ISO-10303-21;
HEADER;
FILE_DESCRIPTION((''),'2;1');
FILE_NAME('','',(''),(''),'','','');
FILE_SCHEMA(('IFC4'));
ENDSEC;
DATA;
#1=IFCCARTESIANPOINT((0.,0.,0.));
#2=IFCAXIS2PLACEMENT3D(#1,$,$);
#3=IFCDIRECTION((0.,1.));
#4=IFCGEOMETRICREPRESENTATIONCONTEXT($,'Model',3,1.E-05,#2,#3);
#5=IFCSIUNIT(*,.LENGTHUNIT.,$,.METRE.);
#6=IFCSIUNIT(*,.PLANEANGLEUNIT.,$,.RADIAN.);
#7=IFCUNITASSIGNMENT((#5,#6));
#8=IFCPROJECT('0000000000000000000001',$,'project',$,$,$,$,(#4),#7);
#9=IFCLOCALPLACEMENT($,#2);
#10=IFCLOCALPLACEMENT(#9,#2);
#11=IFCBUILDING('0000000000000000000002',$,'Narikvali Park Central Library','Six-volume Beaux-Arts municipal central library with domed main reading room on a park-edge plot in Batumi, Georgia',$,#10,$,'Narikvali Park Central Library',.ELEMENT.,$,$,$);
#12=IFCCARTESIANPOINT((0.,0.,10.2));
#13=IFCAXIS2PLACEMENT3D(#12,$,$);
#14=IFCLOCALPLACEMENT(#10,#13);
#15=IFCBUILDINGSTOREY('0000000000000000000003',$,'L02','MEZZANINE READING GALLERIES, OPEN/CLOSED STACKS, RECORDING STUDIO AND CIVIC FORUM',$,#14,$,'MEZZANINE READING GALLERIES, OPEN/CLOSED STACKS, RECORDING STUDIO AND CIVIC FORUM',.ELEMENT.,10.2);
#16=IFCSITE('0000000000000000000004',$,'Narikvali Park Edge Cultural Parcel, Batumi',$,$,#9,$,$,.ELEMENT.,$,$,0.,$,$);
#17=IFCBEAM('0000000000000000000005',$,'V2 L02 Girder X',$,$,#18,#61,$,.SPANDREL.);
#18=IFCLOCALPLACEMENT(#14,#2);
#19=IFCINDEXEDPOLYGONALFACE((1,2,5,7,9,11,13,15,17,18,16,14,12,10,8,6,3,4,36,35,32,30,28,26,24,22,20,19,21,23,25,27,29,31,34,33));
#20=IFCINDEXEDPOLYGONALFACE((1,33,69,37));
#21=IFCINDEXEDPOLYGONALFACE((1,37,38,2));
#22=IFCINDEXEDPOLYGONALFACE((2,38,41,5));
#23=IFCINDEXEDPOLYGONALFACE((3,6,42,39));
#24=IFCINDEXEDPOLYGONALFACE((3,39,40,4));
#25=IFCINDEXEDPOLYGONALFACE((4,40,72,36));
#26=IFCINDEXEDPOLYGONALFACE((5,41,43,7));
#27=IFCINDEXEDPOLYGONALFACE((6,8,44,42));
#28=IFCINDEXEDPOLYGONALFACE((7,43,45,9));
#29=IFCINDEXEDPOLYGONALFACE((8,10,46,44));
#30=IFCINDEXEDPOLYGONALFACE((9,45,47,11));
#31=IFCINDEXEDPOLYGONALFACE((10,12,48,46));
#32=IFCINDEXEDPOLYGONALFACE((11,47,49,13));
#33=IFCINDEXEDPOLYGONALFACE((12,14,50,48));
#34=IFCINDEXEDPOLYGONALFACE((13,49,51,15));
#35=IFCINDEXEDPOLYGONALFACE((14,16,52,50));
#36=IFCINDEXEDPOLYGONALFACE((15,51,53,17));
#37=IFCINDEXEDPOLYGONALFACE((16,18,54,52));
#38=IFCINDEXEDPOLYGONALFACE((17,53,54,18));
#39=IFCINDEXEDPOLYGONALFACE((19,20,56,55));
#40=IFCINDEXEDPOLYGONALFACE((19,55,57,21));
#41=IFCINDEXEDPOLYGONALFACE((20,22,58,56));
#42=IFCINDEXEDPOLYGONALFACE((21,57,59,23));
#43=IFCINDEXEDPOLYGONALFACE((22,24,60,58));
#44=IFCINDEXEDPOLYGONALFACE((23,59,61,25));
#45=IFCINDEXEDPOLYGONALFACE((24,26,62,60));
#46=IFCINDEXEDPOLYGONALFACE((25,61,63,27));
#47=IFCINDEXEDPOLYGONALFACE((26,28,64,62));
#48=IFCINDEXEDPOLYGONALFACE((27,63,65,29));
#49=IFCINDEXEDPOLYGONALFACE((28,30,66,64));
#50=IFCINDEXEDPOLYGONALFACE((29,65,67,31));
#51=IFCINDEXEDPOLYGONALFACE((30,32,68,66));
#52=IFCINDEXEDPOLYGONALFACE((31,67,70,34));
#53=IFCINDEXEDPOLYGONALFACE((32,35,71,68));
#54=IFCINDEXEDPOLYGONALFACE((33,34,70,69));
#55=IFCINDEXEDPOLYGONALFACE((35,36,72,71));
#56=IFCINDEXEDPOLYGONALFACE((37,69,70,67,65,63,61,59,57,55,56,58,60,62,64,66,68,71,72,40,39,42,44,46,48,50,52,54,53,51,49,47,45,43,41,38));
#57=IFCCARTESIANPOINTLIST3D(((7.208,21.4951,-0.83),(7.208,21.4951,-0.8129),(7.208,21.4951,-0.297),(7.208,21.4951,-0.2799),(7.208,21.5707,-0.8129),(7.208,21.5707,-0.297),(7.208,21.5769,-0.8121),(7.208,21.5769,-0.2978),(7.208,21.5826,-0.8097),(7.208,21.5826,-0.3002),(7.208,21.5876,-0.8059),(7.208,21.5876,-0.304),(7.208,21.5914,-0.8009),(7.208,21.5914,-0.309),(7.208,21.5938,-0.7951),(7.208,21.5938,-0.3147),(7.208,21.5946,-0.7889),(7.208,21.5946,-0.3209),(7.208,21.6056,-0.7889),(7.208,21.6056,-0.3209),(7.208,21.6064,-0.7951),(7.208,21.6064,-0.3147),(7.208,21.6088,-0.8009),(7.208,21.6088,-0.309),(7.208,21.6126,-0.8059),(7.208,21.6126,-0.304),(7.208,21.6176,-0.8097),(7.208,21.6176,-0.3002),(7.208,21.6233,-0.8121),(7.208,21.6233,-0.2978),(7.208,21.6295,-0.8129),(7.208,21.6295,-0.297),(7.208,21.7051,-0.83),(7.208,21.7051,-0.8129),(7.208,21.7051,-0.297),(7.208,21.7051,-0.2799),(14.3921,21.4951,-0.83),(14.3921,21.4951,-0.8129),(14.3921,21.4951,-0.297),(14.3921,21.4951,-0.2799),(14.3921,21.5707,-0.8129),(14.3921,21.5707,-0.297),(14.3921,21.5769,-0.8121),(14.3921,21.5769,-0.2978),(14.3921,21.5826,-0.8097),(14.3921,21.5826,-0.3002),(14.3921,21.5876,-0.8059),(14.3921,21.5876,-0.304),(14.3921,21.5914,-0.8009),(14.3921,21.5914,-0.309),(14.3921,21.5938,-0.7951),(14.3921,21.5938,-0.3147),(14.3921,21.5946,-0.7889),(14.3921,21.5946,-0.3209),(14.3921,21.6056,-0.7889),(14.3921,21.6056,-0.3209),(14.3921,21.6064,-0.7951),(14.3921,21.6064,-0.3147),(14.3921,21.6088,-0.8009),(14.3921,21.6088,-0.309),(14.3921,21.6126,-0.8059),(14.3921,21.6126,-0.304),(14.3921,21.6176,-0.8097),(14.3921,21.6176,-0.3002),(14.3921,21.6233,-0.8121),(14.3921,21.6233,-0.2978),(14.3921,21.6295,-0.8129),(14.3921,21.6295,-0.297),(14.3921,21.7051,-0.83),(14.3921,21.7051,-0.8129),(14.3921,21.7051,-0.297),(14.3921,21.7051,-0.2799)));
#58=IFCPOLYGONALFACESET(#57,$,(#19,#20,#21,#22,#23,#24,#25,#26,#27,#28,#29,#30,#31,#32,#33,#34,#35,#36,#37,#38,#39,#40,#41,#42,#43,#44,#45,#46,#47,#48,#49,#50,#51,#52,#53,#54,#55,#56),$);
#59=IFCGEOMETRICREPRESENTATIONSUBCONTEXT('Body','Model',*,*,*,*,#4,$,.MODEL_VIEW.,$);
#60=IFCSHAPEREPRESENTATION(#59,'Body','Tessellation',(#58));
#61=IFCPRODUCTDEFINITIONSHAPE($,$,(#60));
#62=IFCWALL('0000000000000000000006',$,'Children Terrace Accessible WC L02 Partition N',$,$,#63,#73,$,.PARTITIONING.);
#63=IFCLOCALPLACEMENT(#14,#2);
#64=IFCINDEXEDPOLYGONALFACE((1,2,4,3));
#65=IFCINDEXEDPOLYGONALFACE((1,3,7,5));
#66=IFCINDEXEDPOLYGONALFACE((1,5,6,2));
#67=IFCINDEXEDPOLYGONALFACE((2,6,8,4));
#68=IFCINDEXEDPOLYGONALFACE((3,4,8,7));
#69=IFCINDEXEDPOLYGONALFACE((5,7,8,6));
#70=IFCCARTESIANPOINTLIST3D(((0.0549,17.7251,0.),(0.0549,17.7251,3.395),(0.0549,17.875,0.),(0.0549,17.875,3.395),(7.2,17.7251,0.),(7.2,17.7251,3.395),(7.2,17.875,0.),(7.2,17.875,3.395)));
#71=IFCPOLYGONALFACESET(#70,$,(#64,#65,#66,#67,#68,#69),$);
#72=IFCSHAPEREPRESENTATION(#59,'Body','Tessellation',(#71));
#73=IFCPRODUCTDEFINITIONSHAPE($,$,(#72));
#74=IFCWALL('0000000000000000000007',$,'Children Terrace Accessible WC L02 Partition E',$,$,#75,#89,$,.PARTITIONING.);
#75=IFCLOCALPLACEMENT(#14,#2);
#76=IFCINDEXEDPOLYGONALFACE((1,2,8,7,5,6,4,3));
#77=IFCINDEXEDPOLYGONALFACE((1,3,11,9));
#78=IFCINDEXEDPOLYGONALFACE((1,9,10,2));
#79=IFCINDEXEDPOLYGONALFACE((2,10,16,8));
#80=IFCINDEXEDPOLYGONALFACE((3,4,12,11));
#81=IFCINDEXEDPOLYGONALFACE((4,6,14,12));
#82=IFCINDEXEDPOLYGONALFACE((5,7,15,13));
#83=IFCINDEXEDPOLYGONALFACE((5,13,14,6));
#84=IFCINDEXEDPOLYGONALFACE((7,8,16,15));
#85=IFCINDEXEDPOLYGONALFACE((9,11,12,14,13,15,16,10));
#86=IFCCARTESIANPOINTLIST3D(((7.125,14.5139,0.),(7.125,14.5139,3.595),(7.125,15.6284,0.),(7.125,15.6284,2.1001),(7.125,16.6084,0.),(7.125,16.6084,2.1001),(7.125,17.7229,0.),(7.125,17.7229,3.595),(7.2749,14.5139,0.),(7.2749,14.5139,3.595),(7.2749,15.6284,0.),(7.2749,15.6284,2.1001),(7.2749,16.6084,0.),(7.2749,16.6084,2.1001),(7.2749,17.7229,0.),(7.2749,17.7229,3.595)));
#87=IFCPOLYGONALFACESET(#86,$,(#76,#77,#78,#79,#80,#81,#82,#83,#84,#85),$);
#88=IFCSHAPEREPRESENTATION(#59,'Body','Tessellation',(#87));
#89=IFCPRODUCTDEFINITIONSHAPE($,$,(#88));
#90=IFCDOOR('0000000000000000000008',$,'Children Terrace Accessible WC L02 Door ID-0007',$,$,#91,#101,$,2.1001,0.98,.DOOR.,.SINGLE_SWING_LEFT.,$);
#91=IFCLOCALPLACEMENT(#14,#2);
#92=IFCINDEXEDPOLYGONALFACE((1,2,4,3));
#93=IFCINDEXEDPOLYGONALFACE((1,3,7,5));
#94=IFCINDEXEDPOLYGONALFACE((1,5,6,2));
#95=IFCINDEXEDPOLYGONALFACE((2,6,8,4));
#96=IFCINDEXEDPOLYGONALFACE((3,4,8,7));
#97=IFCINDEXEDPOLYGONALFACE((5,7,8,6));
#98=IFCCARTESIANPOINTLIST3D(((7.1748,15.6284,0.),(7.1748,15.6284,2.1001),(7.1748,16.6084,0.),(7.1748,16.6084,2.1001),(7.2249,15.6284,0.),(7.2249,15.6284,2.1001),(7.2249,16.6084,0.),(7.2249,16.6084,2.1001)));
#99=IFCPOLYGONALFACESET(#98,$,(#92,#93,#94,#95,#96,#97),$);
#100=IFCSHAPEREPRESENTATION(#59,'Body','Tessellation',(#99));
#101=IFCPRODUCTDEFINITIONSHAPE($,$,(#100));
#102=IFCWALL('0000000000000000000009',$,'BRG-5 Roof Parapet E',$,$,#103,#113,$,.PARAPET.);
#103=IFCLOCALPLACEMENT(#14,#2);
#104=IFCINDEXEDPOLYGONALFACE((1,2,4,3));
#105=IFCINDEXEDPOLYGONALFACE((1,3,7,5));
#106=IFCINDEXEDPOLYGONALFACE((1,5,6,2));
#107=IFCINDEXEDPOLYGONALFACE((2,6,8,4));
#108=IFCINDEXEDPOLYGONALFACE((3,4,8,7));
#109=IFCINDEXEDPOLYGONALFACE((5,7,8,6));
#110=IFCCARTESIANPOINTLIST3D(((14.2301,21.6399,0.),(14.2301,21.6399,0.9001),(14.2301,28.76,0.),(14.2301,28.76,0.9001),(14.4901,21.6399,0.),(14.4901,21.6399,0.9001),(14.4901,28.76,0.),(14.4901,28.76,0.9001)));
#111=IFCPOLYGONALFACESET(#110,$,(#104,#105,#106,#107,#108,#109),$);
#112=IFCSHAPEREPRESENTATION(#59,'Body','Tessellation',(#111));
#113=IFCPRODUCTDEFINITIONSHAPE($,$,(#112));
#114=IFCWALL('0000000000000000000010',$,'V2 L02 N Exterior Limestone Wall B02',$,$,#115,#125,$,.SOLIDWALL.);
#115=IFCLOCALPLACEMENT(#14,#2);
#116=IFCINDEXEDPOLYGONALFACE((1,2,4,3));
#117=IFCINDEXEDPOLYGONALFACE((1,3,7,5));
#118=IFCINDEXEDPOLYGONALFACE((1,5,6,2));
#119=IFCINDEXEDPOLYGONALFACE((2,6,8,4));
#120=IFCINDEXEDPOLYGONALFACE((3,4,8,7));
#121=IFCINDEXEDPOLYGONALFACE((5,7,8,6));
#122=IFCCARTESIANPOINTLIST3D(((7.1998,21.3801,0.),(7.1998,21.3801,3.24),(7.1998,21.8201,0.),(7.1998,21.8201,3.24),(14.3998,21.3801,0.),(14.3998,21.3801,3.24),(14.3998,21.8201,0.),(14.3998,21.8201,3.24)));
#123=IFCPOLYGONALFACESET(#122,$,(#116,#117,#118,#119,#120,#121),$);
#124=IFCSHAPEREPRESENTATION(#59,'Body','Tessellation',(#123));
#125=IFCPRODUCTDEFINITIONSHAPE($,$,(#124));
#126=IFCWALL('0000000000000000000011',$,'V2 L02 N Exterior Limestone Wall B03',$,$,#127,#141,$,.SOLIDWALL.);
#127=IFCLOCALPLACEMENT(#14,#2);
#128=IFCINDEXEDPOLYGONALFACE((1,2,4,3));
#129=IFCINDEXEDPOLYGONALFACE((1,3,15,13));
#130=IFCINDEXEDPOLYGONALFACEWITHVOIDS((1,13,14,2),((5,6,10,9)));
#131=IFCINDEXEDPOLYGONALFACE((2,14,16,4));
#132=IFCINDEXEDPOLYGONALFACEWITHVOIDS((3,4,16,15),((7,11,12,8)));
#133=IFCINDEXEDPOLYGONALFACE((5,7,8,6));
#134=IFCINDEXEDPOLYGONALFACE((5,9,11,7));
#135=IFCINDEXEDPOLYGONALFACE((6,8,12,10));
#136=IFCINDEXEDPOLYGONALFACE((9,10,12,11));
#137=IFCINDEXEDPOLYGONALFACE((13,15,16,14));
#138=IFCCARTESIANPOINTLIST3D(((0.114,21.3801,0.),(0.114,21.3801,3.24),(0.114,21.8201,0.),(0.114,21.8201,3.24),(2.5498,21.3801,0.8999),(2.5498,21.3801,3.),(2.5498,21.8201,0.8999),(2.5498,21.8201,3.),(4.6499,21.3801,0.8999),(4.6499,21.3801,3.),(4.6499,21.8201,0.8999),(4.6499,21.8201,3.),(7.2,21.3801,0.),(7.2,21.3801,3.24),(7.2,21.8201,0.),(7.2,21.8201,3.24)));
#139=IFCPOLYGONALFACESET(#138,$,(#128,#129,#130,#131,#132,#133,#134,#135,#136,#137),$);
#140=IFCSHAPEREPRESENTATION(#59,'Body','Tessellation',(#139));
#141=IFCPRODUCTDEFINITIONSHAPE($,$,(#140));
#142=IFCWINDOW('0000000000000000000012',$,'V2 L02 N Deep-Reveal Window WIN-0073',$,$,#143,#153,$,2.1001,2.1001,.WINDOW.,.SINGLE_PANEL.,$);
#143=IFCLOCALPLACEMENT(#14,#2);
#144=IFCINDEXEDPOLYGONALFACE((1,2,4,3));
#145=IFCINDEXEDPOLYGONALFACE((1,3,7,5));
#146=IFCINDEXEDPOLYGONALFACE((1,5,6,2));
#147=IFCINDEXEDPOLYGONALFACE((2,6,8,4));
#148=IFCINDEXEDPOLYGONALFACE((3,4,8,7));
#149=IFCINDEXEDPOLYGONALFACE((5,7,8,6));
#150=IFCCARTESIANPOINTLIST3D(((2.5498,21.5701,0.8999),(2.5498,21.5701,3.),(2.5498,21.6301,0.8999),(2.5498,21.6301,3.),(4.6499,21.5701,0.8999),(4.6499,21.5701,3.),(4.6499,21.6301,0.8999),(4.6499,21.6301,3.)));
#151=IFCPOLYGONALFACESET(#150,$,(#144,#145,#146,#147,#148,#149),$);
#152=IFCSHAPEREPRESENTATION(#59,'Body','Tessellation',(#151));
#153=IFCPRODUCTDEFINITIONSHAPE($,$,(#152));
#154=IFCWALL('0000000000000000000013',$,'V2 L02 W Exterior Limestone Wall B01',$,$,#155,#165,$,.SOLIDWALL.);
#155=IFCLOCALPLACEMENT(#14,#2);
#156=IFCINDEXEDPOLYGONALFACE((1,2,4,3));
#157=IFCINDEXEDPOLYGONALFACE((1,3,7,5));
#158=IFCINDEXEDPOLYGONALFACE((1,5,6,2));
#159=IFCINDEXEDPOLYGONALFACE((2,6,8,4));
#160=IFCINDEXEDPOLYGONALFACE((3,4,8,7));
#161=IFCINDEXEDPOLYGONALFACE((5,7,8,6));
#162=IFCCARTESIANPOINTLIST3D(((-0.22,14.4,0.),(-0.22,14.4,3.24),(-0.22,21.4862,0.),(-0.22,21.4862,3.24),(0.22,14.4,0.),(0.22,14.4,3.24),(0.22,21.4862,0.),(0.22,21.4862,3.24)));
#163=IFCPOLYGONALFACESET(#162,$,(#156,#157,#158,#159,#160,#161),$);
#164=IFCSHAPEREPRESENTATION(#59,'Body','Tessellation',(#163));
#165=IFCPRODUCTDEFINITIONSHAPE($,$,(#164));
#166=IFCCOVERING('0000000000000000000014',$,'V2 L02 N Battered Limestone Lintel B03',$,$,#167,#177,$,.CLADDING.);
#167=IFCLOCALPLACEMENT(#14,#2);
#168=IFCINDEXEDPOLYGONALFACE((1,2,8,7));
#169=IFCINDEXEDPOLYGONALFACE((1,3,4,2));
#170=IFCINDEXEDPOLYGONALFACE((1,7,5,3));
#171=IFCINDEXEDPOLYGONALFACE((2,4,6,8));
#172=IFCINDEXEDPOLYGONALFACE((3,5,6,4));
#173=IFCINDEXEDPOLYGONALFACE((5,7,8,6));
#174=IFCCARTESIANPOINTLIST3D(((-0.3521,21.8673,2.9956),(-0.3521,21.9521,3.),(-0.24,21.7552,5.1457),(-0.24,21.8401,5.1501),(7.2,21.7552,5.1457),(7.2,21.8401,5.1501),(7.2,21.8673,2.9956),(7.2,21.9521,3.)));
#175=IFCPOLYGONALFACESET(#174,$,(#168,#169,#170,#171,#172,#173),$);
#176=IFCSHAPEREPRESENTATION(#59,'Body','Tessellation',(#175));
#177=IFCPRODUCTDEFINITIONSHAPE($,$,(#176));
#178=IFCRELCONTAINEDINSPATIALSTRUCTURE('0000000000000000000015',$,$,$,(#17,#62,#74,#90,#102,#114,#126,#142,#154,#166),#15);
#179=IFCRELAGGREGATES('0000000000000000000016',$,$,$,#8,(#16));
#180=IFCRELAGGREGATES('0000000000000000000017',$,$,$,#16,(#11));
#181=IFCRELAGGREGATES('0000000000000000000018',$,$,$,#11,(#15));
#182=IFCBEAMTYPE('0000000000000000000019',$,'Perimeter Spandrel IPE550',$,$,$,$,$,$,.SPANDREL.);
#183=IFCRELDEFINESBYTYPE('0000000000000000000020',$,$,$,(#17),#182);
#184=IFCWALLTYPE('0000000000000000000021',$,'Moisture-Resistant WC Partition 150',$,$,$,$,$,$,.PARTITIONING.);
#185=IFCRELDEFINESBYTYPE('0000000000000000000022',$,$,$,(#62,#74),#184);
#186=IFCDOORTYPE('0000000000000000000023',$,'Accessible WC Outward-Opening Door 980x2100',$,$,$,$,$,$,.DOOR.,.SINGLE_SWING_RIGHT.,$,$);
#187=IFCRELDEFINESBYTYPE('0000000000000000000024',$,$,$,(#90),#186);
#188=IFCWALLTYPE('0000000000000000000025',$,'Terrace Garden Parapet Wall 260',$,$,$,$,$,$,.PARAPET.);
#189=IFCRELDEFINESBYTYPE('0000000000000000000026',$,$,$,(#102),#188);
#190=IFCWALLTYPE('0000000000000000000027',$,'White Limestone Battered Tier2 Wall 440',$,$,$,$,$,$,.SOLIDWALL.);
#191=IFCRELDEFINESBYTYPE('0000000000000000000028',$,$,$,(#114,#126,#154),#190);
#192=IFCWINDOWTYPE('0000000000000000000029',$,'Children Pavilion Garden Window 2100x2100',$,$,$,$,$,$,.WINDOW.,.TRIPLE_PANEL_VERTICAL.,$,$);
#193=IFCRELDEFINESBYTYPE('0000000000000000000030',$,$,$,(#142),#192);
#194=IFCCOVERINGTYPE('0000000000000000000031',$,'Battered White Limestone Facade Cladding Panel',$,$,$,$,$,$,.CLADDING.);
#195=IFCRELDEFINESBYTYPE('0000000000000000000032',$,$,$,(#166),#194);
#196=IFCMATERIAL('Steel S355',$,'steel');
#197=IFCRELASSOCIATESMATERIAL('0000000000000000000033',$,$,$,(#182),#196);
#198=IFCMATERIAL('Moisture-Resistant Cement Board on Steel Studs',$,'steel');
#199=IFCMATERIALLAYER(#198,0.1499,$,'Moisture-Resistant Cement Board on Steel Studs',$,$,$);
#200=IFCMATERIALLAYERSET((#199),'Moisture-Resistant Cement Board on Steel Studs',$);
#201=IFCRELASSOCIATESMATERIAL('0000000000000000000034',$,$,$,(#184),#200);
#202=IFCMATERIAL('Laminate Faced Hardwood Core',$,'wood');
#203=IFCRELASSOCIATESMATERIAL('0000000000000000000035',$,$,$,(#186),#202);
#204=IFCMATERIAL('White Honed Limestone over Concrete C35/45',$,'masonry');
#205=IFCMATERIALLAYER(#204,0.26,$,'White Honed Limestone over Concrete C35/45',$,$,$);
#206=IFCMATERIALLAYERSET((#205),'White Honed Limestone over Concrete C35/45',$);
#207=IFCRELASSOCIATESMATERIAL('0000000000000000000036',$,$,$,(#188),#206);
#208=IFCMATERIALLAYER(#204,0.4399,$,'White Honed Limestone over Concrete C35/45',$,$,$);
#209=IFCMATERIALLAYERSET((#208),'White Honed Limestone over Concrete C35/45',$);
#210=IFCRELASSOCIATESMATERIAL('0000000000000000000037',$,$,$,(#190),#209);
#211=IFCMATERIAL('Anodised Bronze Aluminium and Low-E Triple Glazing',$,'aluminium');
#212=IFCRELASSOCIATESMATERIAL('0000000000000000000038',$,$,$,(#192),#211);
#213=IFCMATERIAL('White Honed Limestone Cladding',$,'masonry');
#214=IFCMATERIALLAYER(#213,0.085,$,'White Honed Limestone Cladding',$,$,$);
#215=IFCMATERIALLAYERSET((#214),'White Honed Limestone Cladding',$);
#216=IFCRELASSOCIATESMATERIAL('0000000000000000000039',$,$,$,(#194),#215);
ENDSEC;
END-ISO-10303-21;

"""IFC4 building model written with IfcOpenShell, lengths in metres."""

from ifc_helpers import new_model, si_unit, direction, frame, frame_2d, origin, origin_2d, place, context, subcontext, project, spatial, polyline, rectangle, i_section, outline, extrude, material, layer, layer_set, material_profile, profile_set, type_object, element, fill, save


model = new_model("IFC4")

# Units and contexts
model_context = context("Model", 3, precision=1e-05, world=origin(), true_north=direction((0.0, 1.0)))
body_context = subcontext(model_context, "Body", "Model", "MODEL_VIEW")
ifc_project = project(units=[si_unit("LENGTHUNIT", "METRE"), si_unit("PLANEANGLEUNIT", "RADIAN")], contexts=[model_context])

# Site, building, storey
site_placement = place(None, origin())
site = spatial("IfcSite", under=ifc_project, at=site_placement, Name="Narikvali Park Edge Cultural Parcel, Batumi", CompositionType="ELEMENT", RefElevation=0.0)
building_placement = place(site_placement, origin())
building = spatial("IfcBuilding", under=site, at=building_placement, Name="Narikvali Park Central Library", Description="Six-volume Beaux-Arts municipal central library with domed main reading room on a park-edge plot in Batumi, Georgia", LongName="Narikvali Park Central Library", CompositionType="ELEMENT")
storey_placement = place(building_placement, frame((0.0, 0.0, 10.2)))
storey = spatial("IfcBuildingStorey", under=building, at=storey_placement, Name="L02", Description="MEZZANINE READING GALLERIES, OPEN/CLOSED STACKS, RECORDING STUDIO AND CIVIC FORUM", LongName="MEZZANINE READING GALLERIES, OPEN/CLOSED STACKS, RECORDING STUDIO AND CIVIC FORUM", CompositionType="ELEMENT", Elevation=10.2)

# Shared definitions
ifc_material_1 = material(Name="Steel S355", Category="steel")

# Beam
ifc_material_profile_1 = material_profile(ifc_material_1, i_section(OverallWidth=0.21, OverallDepth=0.55, WebThickness=0.011, FlangeThickness=0.0171, FilletRadius=0.0239, at=origin_2d()), Name="IPE 550")
ifc_profile_set_1 = profile_set([ifc_material_profile_1], Name="Steel S355")
beam_type_1 = type_object("IfcBeamType", Name="Perimeter Spandrel IPE550", PredefinedType="SPANDREL", material=ifc_profile_set_1)
beam_1_placement = place(storey_placement, frame((7.208, 21.6001, -0.5549), z_axis=(1.0, 0.0, 0.0), x_axis=(0.0, 1.0, 0.0)))
element("IfcBeam", 1, at=beam_1_placement, inside=storey, type_object=beam_type_1, Name="V2 L02 Girder X", PredefinedType="SPANDREL", context=body_context, shape_type="SweptSolid", body=[
    extrude(i_section(OverallWidth=0.21, OverallDepth=0.55, WebThickness=0.011, FlangeThickness=0.0171, FilletRadius=0.0239, at=origin_2d()), origin(), (0.0, 0.0, 1.0), 7.1841),
])

# Wall
ifc_material_2 = material(Name="Moisture-Resistant Cement Board on Steel Studs", Category="steel")
ifc_layer_1 = layer(ifc_material_2, 0.1499, Name="Moisture-Resistant Cement Board on Steel Studs")
ifc_layer_set_1 = layer_set([ifc_layer_1], Name="Moisture-Resistant Cement Board on Steel Studs")
wall_type_1 = type_object("IfcWallType", Name="Moisture-Resistant WC Partition 150", PredefinedType="PARTITIONING", material=ifc_layer_set_1)
wall_1_placement = place(storey_placement, frame((0.0549, 17.8, 0.0), z_axis=(0.0, 0.0, 1.0), x_axis=(1.0, 0.0, 0.0)))
element("IfcWall", 2, at=wall_1_placement, inside=storey, type_object=wall_type_1, Name="Children Terrace Accessible WC L02 Partition N", PredefinedType="PARTITIONING", context=body_context, shape_type="SweptSolid", body=[
    extrude(rectangle(XDim=7.145, YDim=0.1499, at=frame_2d((3.5725, 0.0))), origin(), (0.0, 0.0, 1.0), 3.395),
])

# Wall, opening, door
wall_2_placement = place(storey_placement, frame((7.2, 14.5139, 0.0), z_axis=(0.0, 0.0, 1.0), x_axis=(0.0, 1.0, 0.0)))
wall_2 = element("IfcWall", 3, at=wall_2_placement, inside=storey, type_object=wall_type_1, Name="Children Terrace Accessible WC L02 Partition E", PredefinedType="PARTITIONING", context=body_context, shape_type="SweptSolid", body=[
    extrude(rectangle(XDim=3.209, YDim=0.1499, at=frame_2d((1.6045, 0.0))), origin(), (0.0, 0.0, 1.0), 3.595),
])
opening_1_placement = place(wall_2_placement, frame((1.1145, 0.0, 0.0)))
opening_1 = element("IfcOpeningElement", 4, at=opening_1_placement, cuts=wall_2, PredefinedType="OPENING", context=body_context, shape_type="SweptSolid", body=[
    extrude(rectangle(XDim=0.98, YDim=2.1001, at=frame_2d((0.49, 1.05))), frame((0.0, 0.0869, 0.0), z_axis=(0.0, -1.0, 0.0), x_axis=(1.0, 0.0, 0.0)), (0.0, 0.0, 1.0), 0.1738),
])
ifc_material_3 = material(Name="Laminate Faced Hardwood Core", Category="wood")
door_type_1 = type_object("IfcDoorType", Name="Accessible WC Outward-Opening Door 980x2100", OperationType="SINGLE_SWING_RIGHT", PredefinedType="DOOR", material=ifc_material_3)
door_1_placement = place(opening_1_placement, frame((0.98, 0.0, 0.0), z_axis=(0.0, 0.0, 1.0), x_axis=(-1.0, 0.0, 0.0)))
door_1 = element("IfcDoor", 5, at=door_1_placement, inside=storey, type_object=door_type_1, Name="Children Terrace Accessible WC L02 Door ID-0007", OperationType="SINGLE_SWING_LEFT", OverallHeight=2.1001, OverallWidth=0.98, PredefinedType="DOOR", context=body_context, shape_type="SweptSolid", body=[
    extrude(rectangle(XDim=0.98, YDim=2.1001, at=frame_2d((0.49, 1.05))), frame((0.0, 0.0249, 0.0), z_axis=(0.0, -1.0, 0.0), x_axis=(1.0, 0.0, 0.0)), (0.0, 0.0, 1.0), 0.05),
])
fill(opening_1, door_1)

# Walls
ifc_material_4 = material(Name="White Honed Limestone over Concrete C35/45", Category="masonry")
ifc_layer_2 = layer(ifc_material_4, 0.26, Name="White Honed Limestone over Concrete C35/45")
ifc_layer_set_2 = layer_set([ifc_layer_2], Name="White Honed Limestone over Concrete C35/45")
wall_type_2 = type_object("IfcWallType", Name="Terrace Garden Parapet Wall 260", PredefinedType="PARAPET", material=ifc_layer_set_2)
wall_3_placement = place(storey_placement, frame((14.3601, 21.6399, 0.0), z_axis=(0.0, 0.0, 1.0), x_axis=(0.0, 1.0, 0.0)))
element("IfcWall", 6, at=wall_3_placement, inside=storey, type_object=wall_type_2, Name="BRG-5 Roof Parapet E", PredefinedType="PARAPET", context=body_context, shape_type="SweptSolid", body=[
    extrude(rectangle(XDim=7.1201, YDim=0.26, at=frame_2d((3.5601, 0.0))), origin(), (0.0, 0.0, 1.0), 0.9001),
])
ifc_layer_3 = layer(ifc_material_4, 0.4399, Name="White Honed Limestone over Concrete C35/45")
ifc_layer_set_3 = layer_set([ifc_layer_3], Name="White Honed Limestone over Concrete C35/45")
wall_type_3 = type_object("IfcWallType", Name="White Limestone Battered Tier2 Wall 440", PredefinedType="SOLIDWALL", material=ifc_layer_set_3)
wall_4_placement = place(storey_placement, frame((14.3999, 21.6001, 0.0), z_axis=(0.0, 0.0, 1.0), x_axis=(-1.0, 0.0, 0.0)))
element("IfcWall", 7, at=wall_4_placement, inside=storey, type_object=wall_type_3, Name="V2 L02 N Exterior Limestone Wall B02", PredefinedType="SOLIDWALL", context=body_context, shape_type="SweptSolid", body=[
    extrude(rectangle(XDim=7.2, YDim=0.4399, at=frame_2d((3.6001, 0.0))), origin(), (0.0, 0.0, 1.0), 3.24),
])

# Wall, opening, window
wall_5_placement = place(storey_placement, frame((7.2, 21.6001, 0.0), z_axis=(0.0, 0.0, 1.0), x_axis=(-1.0, 0.0, 0.0)))
wall_5 = element("IfcWall", 8, at=wall_5_placement, inside=storey, type_object=wall_type_3, Name="V2 L02 N Exterior Limestone Wall B03", PredefinedType="SOLIDWALL", context=body_context, shape_type="SweptSolid", body=[
    extrude(rectangle(XDim=7.0859, YDim=0.4399, at=frame_2d((3.543, 0.0))), origin(), (0.0, 0.0, 1.0), 3.24),
])
opening_2_placement = place(wall_5_placement, frame((2.55, 0.0, 0.8999)))
opening_2 = element("IfcOpeningElement", 9, at=opening_2_placement, cuts=wall_5, PredefinedType="OPENING", context=body_context, shape_type="SweptSolid", body=[
    extrude(rectangle(XDim=2.1001, YDim=2.1001, at=frame_2d((1.05, 1.05))), frame((0.0, 0.2319, 0.0), z_axis=(0.0, -1.0, 0.0), x_axis=(1.0, 0.0, 0.0)), (0.0, 0.0, 1.0), 0.4639),
])
ifc_material_5 = material(Name="Anodised Bronze Aluminium and Low-E Triple Glazing", Category="aluminium")
window_type = type_object("IfcWindowType", Name="Children Pavilion Garden Window 2100x2100", PartitioningType="TRIPLE_PANEL_VERTICAL", PredefinedType="WINDOW", material=ifc_material_5)
window_placement = place(opening_2_placement, origin())
window = element("IfcWindow", 10, at=window_placement, inside=storey, type_object=window_type, Name="V2 L02 N Deep-Reveal Window WIN-0073", OverallHeight=2.1001, OverallWidth=2.1001, PartitioningType="SINGLE_PANEL", PredefinedType="WINDOW", context=body_context, shape_type="SweptSolid", body=[
    extrude(rectangle(XDim=2.1001, YDim=2.1001, at=frame_2d((1.05, 1.05))), frame((0.0, 0.03, 0.0), z_axis=(0.0, -1.0, 0.0), x_axis=(1.0, 0.0, 0.0)), (0.0, 0.0, 1.0), 0.0601),
])
fill(opening_2, window)

# Wall
wall_6_placement = place(storey_placement, frame((0.0, 21.4861, 0.0), z_axis=(0.0, 0.0, 1.0), x_axis=(0.0, -1.0, 0.0)))
element("IfcWall", 11, at=wall_6_placement, inside=storey, type_object=wall_type_3, Name="V2 L02 W Exterior Limestone Wall B01", PredefinedType="SOLIDWALL", context=body_context, shape_type="SweptSolid", body=[
    extrude(rectangle(XDim=7.0862, YDim=0.4399, at=frame_2d((3.543, 0.0))), origin(), (0.0, 0.0, 1.0), 3.24),
])

# Covering
ifc_material_6 = material(Name="White Honed Limestone Cladding", Category="masonry")
ifc_layer_4 = layer(ifc_material_6, 0.085, Name="White Honed Limestone Cladding")
ifc_layer_set_4 = layer_set([ifc_layer_4], Name="White Honed Limestone Cladding")
covering_type = type_object("IfcCoveringType", Name="Battered White Limestone Facade Cladding Panel", PredefinedType="CLADDING", material=ifc_layer_set_4)
covering_placement = place(storey_placement, frame((7.2, 21.9521, 3.0), z_axis=(0.0, 0.998645, 0.052047), x_axis=(-1.0, 0.0, 0.0)))
element("IfcCovering", 12, at=covering_placement, inside=storey, type_object=covering_type, Name="V2 L02 N Battered Limestone Lintel B03", PredefinedType="CLADDING", context=body_context, shape_type="SweptSolid", body=[
    extrude(outline(polyline([(0.0, 0.0), (7.552, 0.0), (7.4399, 2.1531), (0.0, 2.1531), (0.0, 0.0)])), origin(), (0.0, 0.0, -1.0), 0.085),
])

save(model, "model.ifc")
